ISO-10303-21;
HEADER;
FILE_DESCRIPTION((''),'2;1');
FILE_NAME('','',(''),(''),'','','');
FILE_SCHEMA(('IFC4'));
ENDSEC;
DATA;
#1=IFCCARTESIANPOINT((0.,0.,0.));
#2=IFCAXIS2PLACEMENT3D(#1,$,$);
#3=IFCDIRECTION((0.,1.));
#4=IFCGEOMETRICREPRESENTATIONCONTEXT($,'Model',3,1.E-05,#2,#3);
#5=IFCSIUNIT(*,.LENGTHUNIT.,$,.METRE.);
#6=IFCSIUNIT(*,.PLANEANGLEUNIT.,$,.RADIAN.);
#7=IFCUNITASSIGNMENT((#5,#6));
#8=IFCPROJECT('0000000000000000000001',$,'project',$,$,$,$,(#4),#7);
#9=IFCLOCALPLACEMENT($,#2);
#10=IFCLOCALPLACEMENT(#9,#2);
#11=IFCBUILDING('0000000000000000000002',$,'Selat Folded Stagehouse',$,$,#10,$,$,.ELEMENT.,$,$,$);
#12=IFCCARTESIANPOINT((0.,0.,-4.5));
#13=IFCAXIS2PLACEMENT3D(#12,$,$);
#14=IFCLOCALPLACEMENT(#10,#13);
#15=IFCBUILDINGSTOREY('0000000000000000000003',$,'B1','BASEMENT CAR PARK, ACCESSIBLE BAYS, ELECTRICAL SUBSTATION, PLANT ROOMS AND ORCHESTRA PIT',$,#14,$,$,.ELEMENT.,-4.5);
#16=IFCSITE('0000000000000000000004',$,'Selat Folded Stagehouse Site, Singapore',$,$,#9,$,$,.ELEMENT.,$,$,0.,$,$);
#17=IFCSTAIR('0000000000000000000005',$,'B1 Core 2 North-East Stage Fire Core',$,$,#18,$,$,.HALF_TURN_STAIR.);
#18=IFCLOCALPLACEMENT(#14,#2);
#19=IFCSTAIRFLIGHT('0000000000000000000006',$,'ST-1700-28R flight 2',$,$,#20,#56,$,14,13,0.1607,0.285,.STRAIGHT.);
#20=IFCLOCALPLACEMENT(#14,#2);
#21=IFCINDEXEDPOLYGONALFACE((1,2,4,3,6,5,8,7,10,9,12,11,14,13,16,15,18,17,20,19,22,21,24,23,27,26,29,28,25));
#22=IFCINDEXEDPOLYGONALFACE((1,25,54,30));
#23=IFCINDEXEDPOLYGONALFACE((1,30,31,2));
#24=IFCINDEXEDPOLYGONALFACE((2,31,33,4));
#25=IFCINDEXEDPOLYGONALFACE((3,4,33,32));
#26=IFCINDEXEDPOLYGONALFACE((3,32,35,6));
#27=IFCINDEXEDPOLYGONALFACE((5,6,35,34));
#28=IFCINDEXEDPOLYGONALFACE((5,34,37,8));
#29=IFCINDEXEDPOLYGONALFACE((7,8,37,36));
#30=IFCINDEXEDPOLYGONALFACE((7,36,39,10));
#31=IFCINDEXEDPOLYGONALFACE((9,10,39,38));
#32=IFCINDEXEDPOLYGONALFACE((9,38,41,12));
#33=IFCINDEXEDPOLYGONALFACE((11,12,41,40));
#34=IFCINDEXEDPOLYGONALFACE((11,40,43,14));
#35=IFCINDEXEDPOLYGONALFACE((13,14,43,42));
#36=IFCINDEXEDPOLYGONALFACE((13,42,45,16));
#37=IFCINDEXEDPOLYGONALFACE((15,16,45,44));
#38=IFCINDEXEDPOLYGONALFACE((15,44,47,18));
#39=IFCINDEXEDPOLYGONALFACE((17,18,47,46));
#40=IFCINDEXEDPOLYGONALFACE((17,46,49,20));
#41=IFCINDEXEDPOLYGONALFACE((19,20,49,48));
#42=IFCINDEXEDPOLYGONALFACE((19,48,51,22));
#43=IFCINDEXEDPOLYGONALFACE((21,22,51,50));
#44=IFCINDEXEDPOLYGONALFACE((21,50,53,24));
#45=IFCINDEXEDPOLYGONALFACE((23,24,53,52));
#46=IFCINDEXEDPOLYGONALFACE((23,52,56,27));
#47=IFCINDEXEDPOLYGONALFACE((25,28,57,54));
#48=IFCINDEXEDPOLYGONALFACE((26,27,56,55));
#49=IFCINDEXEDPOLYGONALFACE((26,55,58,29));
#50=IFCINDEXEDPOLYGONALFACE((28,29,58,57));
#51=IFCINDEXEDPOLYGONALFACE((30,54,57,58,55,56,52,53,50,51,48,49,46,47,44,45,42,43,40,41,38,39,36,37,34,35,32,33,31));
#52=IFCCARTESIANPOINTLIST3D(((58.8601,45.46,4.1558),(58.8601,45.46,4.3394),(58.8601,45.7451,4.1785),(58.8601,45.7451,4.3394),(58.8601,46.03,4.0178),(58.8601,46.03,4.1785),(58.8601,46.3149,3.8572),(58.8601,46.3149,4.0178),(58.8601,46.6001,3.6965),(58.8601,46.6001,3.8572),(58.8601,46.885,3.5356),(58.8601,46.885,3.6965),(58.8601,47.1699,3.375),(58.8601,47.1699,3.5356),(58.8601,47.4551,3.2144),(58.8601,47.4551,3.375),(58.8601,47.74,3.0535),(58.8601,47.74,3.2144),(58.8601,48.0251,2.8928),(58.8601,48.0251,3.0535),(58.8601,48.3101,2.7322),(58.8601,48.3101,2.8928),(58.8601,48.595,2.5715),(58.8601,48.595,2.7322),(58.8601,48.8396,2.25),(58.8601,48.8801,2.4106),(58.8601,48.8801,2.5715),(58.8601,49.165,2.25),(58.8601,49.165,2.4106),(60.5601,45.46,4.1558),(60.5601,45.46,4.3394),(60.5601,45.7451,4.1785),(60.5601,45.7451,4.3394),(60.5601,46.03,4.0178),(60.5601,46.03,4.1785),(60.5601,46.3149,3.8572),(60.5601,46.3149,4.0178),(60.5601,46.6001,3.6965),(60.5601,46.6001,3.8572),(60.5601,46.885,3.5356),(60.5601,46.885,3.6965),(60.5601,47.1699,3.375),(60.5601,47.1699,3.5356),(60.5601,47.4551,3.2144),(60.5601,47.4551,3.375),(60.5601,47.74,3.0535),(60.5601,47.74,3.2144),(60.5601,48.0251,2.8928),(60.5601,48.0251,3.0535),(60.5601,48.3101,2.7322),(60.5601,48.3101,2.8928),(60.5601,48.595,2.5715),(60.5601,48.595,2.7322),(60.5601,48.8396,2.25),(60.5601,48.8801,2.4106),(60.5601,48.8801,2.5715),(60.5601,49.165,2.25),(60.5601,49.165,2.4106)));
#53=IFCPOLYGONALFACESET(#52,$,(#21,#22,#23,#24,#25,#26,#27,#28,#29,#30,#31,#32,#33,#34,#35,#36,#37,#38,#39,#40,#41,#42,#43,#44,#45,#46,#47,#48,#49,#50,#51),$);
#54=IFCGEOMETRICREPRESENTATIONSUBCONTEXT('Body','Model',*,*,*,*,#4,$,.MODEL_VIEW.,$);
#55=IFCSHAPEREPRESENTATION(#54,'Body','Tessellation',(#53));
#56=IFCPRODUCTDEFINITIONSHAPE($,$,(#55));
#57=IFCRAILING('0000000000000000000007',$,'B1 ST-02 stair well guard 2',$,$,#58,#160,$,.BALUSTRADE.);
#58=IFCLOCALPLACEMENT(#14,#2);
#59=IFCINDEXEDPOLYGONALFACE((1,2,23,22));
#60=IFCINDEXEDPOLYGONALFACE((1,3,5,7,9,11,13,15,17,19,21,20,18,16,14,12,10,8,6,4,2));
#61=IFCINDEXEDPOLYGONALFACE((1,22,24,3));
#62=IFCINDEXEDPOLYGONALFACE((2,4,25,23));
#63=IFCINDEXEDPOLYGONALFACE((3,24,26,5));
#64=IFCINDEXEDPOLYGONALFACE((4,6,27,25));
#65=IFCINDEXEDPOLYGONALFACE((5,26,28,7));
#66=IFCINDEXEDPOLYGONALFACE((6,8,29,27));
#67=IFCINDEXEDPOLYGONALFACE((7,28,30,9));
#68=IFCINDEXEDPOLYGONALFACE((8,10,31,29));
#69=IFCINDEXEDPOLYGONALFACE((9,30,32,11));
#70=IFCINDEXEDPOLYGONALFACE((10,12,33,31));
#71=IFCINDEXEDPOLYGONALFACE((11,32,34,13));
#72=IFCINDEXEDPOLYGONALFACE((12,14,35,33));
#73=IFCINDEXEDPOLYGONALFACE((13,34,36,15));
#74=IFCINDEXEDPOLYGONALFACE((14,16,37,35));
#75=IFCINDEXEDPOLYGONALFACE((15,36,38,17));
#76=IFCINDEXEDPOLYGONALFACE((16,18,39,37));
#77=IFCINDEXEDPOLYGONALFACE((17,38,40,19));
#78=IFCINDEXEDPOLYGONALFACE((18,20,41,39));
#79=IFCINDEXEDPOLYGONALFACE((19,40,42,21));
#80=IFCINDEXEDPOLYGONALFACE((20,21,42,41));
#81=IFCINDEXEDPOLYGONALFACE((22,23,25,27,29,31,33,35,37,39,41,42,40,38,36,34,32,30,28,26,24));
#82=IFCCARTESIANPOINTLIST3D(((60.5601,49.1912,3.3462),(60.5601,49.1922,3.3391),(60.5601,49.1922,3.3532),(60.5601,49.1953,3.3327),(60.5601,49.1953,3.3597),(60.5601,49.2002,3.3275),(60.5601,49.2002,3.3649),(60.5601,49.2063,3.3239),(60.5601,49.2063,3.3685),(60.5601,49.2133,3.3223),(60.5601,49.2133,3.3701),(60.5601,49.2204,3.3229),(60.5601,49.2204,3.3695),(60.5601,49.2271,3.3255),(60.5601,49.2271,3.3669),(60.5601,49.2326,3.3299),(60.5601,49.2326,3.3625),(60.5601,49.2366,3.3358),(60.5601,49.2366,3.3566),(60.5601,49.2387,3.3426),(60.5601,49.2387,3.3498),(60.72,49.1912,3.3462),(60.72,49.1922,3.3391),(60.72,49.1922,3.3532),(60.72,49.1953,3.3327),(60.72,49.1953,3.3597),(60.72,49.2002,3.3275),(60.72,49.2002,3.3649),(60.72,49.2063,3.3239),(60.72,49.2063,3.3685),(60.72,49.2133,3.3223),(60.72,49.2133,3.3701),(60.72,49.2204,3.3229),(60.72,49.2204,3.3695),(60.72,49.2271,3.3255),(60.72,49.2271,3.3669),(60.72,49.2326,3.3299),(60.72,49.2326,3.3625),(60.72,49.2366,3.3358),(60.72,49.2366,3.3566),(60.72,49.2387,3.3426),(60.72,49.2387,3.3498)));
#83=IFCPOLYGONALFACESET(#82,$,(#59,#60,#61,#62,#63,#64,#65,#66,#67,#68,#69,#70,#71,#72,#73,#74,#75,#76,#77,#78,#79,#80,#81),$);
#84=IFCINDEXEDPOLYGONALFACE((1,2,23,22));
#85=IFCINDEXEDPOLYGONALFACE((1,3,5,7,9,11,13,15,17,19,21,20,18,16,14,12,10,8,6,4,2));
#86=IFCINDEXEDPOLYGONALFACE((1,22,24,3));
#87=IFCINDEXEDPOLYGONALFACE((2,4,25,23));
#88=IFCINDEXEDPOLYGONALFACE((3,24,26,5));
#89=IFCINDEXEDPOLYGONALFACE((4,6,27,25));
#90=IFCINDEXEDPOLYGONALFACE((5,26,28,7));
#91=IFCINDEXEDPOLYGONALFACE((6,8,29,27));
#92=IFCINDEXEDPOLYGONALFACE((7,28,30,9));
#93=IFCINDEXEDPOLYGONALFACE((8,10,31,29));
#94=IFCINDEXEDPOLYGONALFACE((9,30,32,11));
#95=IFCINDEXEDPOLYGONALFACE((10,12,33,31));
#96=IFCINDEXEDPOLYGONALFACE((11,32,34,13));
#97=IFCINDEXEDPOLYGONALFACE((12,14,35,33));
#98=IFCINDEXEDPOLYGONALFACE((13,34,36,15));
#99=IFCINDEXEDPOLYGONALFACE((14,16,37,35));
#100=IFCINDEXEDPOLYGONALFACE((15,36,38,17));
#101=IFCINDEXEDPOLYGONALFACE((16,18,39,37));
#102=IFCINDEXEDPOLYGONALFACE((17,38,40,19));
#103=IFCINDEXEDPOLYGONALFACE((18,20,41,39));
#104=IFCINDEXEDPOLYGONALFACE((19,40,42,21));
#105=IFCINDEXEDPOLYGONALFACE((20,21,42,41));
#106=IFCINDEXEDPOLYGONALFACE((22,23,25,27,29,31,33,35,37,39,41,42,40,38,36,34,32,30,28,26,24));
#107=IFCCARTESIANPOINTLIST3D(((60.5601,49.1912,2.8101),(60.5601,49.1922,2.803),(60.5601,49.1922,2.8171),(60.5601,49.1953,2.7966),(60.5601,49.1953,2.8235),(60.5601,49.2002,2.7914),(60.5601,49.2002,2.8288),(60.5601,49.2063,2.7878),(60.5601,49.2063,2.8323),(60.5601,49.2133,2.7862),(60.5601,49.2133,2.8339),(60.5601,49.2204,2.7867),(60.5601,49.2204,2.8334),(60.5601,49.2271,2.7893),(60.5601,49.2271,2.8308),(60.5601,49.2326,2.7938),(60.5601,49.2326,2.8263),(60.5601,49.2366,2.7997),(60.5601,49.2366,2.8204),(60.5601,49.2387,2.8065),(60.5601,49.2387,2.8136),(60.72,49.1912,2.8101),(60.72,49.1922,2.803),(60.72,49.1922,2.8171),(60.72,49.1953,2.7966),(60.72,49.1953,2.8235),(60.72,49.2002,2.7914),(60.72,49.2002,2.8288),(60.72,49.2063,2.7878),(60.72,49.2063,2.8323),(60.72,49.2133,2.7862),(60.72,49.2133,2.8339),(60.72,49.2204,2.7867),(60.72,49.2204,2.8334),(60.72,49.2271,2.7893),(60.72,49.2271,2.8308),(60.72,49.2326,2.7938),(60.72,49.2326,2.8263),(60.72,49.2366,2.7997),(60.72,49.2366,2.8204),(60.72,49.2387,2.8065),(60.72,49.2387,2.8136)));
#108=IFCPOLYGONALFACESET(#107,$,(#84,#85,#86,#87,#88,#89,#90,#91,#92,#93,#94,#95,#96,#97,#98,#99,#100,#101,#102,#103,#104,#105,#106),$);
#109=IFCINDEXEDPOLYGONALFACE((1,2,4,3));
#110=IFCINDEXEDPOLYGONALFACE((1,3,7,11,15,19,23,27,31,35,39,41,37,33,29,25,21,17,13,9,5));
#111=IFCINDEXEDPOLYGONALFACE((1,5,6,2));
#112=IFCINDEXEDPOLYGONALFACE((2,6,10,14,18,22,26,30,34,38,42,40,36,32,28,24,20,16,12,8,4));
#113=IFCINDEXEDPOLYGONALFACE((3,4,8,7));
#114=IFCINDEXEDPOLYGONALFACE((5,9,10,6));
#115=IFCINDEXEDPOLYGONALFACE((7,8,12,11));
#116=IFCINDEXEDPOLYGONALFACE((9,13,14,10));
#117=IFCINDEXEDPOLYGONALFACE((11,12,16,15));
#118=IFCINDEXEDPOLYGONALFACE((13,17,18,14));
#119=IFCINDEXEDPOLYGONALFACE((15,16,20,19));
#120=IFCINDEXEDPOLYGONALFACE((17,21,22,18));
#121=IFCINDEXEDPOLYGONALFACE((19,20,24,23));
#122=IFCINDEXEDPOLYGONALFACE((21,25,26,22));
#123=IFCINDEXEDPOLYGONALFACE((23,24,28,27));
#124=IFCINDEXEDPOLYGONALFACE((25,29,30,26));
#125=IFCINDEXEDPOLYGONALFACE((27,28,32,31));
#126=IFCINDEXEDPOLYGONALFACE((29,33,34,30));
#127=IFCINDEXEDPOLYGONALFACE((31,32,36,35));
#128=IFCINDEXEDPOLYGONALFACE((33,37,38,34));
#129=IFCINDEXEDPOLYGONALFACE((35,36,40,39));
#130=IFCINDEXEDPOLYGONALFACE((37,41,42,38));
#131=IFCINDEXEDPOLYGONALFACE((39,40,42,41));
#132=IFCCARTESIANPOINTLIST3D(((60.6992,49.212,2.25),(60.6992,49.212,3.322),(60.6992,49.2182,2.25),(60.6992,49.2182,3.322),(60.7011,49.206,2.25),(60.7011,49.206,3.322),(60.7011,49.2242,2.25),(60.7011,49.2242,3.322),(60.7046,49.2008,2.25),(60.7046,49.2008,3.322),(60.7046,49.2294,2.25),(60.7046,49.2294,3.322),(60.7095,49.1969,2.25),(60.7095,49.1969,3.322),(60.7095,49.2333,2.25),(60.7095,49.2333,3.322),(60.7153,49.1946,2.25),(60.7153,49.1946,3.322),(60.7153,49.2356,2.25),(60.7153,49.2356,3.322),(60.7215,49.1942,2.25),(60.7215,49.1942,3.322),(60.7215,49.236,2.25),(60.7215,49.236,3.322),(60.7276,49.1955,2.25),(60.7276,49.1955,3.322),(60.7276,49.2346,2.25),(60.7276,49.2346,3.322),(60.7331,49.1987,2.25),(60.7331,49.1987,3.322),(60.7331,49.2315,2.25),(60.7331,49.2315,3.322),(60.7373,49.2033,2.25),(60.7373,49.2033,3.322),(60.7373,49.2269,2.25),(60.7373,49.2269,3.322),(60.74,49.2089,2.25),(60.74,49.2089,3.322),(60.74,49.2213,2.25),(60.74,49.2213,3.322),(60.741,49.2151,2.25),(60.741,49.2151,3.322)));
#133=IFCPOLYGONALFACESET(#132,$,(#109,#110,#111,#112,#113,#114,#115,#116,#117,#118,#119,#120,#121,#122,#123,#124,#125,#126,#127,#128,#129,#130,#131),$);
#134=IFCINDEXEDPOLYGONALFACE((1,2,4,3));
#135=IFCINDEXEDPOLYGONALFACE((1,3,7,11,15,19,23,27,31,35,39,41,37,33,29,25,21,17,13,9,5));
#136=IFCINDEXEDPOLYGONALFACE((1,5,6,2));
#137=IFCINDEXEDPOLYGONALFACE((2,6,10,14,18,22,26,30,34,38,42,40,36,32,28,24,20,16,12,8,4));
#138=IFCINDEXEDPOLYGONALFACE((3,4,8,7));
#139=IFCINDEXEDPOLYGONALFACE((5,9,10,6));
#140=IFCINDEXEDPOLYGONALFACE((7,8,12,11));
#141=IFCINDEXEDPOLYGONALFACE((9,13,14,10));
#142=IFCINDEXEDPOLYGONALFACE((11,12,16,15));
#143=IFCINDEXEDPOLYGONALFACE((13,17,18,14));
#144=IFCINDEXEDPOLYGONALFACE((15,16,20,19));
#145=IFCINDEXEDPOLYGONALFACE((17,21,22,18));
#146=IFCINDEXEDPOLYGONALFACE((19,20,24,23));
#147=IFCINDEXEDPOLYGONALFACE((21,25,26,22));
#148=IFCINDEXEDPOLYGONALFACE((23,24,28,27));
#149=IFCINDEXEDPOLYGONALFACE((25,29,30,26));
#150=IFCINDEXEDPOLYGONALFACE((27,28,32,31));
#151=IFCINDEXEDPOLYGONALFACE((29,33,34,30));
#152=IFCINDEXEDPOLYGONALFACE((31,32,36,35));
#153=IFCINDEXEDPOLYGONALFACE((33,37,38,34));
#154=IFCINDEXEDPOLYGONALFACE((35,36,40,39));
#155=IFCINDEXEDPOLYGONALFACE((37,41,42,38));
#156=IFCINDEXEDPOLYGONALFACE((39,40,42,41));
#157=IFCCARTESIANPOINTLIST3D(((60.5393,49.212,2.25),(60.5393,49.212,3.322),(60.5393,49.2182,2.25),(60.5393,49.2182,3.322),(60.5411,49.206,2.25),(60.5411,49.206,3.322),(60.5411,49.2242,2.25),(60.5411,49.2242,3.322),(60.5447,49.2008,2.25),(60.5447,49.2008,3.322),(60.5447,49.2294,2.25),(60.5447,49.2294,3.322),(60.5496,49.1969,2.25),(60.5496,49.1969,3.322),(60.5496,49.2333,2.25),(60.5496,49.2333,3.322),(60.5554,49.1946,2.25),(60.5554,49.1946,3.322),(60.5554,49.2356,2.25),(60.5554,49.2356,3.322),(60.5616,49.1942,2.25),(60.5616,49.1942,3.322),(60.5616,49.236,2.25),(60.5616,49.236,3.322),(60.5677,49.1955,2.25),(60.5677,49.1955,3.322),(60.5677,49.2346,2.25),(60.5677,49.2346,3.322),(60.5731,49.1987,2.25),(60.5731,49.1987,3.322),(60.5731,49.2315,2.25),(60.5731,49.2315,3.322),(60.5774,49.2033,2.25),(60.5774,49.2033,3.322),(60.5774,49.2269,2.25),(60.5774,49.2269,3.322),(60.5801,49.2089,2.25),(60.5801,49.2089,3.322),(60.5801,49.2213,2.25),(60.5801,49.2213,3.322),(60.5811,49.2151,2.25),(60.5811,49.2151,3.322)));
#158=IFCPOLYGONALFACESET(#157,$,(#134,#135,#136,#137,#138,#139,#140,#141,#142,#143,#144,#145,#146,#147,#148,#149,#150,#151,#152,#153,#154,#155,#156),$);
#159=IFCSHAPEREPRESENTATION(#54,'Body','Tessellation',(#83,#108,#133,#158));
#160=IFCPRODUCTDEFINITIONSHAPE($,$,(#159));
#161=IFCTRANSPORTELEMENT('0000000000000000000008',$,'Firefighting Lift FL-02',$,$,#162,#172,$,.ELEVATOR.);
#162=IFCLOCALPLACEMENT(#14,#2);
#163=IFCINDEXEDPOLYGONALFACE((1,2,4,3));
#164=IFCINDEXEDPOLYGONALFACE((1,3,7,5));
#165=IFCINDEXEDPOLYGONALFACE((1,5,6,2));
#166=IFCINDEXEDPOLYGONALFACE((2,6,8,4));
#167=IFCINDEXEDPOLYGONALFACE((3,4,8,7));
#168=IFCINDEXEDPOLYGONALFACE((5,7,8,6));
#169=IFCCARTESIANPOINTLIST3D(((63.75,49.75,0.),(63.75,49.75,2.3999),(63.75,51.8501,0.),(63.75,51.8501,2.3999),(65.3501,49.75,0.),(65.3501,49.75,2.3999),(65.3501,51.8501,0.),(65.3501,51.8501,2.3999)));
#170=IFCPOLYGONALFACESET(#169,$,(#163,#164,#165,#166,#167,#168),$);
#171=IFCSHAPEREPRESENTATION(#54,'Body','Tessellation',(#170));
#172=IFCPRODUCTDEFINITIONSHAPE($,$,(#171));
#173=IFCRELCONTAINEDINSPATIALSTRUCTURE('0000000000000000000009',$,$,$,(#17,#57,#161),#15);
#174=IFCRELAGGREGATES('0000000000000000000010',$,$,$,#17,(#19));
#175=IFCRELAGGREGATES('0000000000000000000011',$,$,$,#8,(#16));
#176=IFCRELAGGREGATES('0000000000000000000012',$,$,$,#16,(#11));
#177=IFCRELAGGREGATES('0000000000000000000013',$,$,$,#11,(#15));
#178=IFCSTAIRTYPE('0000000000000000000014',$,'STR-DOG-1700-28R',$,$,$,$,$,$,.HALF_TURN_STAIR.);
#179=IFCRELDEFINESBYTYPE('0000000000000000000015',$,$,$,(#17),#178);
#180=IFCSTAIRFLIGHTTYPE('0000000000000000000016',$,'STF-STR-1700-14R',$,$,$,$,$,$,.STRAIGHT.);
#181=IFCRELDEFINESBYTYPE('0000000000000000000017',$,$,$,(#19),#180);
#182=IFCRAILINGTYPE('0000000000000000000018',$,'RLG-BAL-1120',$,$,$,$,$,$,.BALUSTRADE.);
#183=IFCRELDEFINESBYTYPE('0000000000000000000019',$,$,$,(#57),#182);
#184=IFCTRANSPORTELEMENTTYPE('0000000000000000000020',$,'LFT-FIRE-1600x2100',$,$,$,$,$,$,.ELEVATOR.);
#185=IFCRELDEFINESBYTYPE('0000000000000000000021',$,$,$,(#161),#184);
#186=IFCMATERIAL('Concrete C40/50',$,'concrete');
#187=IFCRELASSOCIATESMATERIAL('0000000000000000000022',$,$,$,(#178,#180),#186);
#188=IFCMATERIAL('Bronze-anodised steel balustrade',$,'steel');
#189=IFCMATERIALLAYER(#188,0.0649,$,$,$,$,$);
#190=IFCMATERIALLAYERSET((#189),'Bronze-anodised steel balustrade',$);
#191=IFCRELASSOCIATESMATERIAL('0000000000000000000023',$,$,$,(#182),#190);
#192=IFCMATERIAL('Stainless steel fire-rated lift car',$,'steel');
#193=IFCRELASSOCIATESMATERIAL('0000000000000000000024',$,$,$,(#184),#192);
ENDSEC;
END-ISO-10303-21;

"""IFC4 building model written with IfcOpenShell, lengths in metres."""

from ifc_helpers import new_model, si_unit, direction, frame, origin, origin_2d, place, context, subcontext, project, spatial, polyline, rectangle, circle, outline, extrude, material, layer, layer_set, type_object, element, aggregate, save


model = new_model("IFC4")

# Units and contexts
model_context = context("Model", 3, precision=1e-05, world=origin(), true_north=direction((0.0, 1.0)))
body_context = subcontext(model_context, "Body", "Model", "MODEL_VIEW")
ifc_project = project(units=[si_unit("LENGTHUNIT", "METRE"), si_unit("PLANEANGLEUNIT", "RADIAN")], contexts=[model_context])

# Site, building, storey
site_placement = place(None, origin())
site = spatial("IfcSite", under=ifc_project, at=site_placement, Name="Selat Folded Stagehouse Site, Singapore", CompositionType="ELEMENT", RefElevation=0.0)
building_placement = place(site_placement, origin())
building = spatial("IfcBuilding", under=site, at=building_placement, Name="Selat Folded Stagehouse", CompositionType="ELEMENT")
storey_placement = place(building_placement, frame((0.0, 0.0, -4.5)))
storey = spatial("IfcBuildingStorey", under=building, at=storey_placement, Name="B1", Description="BASEMENT CAR PARK, ACCESSIBLE BAYS, ELECTRICAL SUBSTATION, PLANT ROOMS AND ORCHESTRA PIT", CompositionType="ELEMENT", Elevation=-4.5)

# Shared definitions
ifc_material_1 = material(Name="Concrete C40/50", Category="concrete")

# Stair, stair flight
stair_type = type_object("IfcStairType", Name="STR-DOG-1700-28R", PredefinedType="HALF_TURN_STAIR", material=ifc_material_1)
stair_placement = place(storey_placement, origin())
stair = element("IfcStair", 1, at=stair_placement, inside=storey, type_object=stair_type, Name="B1 Core 2 North-East Stage Fire Core", PredefinedType="HALF_TURN_STAIR")
stair_flight_type = type_object("IfcStairFlightType", Name="STF-STR-1700-14R", PredefinedType="STRAIGHT", material=ifc_material_1)
stair_flight_placement = place(storey_placement, frame((59.71, 49.165, 2.25), z_axis=(0.0, 0.0, 1.0), x_axis=(0.0, -1.0, 0.0)))
stair_flight = element("IfcStairFlight", 2, at=stair_flight_placement, type_object=stair_flight_type, Name="ST-1700-28R flight 2", NumberOfRisers=14, NumberOfTreads=13, PredefinedType="STRAIGHT", RiserHeight=0.1607, TreadLength=0.285, context=body_context, shape_type="SweptSolid", body=[
    extrude(outline(polyline([(0.0, 0.0), (0.0, 0.1606), (0.2849, 0.1606), (0.2849, 0.3215), (0.5701, 0.3215), (0.5701, 0.4822), (0.855, 0.4822), (0.855, 0.6428), (1.1399, 0.6428), (1.1399, 0.8035), (1.425, 0.8035), (1.425, 0.9644), (1.71, 0.9644), (1.71, 1.125), (1.9951, 1.125), (1.9951, 1.2856), (2.28, 1.2856), (2.28, 1.4465), (2.5649, 1.4465), (2.5649, 1.6072), (2.8501, 1.6072), (2.8501, 1.7678), (3.135, 1.7678), (3.135, 1.9285), (3.4199, 1.9285), (3.4199, 2.0894), (3.7051, 2.0894), (3.7051, 2.25), (3.7051, 1.9058), (0.3254, 0.0), (0.0, 0.0)])), frame((0.0, 0.8501, 0.0), z_axis=(0.0, -1.0, 0.0), x_axis=(1.0, 0.0, 0.0)), (0.0, 0.0, 1.0), 1.7),
])
aggregate(stair, [stair_flight])

# Railing
ifc_material_2 = material(Name="Bronze-anodised steel balustrade", Category="steel")
ifc_layer_1 = layer(ifc_material_2, 0.0649)
ifc_layer_set_1 = layer_set([ifc_layer_1], Name="Bronze-anodised steel balustrade")
railing_type = type_object("IfcRailingType", Name="RLG-BAL-1120", PredefinedType="BALUSTRADE", material=ifc_layer_set_1)
railing_1_placement = place(storey_placement, frame((60.72, 49.2151, 2.25)))
element("IfcRailing", 3, at=railing_1_placement, inside=storey, type_object=railing_type, Name="B1 ST-02 stair well guard 2", PredefinedType="BALUSTRADE", context=body_context, shape_type="SweptSolid", body=[
    extrude(circle(Radius=0.0239, at=origin_2d()), frame((0.0, 0.0, 1.0962), z_axis=(-1.0, 0.0, 0.0), x_axis=(0.0, -1.0, 0.0)), (0.0, 0.0, 1.0), 0.1599),
    extrude(circle(Radius=0.0239, at=origin_2d()), frame((0.0, 0.0, 0.5601), z_axis=(-1.0, 0.0, 0.0), x_axis=(0.0, -1.0, 0.0)), (0.0, 0.0, 1.0), 0.1599),
    extrude(circle(Radius=0.021, at=origin_2d()), origin(), (0.0, 0.0, 1.0), 1.072),
    extrude(circle(Radius=0.021, at=origin_2d()), frame((-0.1599, 0.0, 0.0)), (0.0, 0.0, 1.0), 1.072),
])

# Transport element
ifc_material_3 = material(Name="Stainless steel fire-rated lift car", Category="steel")
transport_element_type = type_object("IfcTransportElementType", Name="LFT-FIRE-1600x2100", PredefinedType="ELEVATOR", material=ifc_material_3)
transport_element_placement = place(storey_placement, frame((64.55, 50.8, 0.0), z_axis=(0.0, 0.0, 1.0), x_axis=(1.0, 0.0, 0.0)))
element("IfcTransportElement", 4, at=transport_element_placement, inside=storey, type_object=transport_element_type, Name="Firefighting Lift FL-02", PredefinedType="ELEVATOR", context=body_context, shape_type="SweptSolid", body=[
    extrude(rectangle(XDim=1.6001, YDim=2.1001, at=origin_2d()), origin(), (0.0, 0.0, 1.0), 2.3999),
])

save(model, "model.ifc")
